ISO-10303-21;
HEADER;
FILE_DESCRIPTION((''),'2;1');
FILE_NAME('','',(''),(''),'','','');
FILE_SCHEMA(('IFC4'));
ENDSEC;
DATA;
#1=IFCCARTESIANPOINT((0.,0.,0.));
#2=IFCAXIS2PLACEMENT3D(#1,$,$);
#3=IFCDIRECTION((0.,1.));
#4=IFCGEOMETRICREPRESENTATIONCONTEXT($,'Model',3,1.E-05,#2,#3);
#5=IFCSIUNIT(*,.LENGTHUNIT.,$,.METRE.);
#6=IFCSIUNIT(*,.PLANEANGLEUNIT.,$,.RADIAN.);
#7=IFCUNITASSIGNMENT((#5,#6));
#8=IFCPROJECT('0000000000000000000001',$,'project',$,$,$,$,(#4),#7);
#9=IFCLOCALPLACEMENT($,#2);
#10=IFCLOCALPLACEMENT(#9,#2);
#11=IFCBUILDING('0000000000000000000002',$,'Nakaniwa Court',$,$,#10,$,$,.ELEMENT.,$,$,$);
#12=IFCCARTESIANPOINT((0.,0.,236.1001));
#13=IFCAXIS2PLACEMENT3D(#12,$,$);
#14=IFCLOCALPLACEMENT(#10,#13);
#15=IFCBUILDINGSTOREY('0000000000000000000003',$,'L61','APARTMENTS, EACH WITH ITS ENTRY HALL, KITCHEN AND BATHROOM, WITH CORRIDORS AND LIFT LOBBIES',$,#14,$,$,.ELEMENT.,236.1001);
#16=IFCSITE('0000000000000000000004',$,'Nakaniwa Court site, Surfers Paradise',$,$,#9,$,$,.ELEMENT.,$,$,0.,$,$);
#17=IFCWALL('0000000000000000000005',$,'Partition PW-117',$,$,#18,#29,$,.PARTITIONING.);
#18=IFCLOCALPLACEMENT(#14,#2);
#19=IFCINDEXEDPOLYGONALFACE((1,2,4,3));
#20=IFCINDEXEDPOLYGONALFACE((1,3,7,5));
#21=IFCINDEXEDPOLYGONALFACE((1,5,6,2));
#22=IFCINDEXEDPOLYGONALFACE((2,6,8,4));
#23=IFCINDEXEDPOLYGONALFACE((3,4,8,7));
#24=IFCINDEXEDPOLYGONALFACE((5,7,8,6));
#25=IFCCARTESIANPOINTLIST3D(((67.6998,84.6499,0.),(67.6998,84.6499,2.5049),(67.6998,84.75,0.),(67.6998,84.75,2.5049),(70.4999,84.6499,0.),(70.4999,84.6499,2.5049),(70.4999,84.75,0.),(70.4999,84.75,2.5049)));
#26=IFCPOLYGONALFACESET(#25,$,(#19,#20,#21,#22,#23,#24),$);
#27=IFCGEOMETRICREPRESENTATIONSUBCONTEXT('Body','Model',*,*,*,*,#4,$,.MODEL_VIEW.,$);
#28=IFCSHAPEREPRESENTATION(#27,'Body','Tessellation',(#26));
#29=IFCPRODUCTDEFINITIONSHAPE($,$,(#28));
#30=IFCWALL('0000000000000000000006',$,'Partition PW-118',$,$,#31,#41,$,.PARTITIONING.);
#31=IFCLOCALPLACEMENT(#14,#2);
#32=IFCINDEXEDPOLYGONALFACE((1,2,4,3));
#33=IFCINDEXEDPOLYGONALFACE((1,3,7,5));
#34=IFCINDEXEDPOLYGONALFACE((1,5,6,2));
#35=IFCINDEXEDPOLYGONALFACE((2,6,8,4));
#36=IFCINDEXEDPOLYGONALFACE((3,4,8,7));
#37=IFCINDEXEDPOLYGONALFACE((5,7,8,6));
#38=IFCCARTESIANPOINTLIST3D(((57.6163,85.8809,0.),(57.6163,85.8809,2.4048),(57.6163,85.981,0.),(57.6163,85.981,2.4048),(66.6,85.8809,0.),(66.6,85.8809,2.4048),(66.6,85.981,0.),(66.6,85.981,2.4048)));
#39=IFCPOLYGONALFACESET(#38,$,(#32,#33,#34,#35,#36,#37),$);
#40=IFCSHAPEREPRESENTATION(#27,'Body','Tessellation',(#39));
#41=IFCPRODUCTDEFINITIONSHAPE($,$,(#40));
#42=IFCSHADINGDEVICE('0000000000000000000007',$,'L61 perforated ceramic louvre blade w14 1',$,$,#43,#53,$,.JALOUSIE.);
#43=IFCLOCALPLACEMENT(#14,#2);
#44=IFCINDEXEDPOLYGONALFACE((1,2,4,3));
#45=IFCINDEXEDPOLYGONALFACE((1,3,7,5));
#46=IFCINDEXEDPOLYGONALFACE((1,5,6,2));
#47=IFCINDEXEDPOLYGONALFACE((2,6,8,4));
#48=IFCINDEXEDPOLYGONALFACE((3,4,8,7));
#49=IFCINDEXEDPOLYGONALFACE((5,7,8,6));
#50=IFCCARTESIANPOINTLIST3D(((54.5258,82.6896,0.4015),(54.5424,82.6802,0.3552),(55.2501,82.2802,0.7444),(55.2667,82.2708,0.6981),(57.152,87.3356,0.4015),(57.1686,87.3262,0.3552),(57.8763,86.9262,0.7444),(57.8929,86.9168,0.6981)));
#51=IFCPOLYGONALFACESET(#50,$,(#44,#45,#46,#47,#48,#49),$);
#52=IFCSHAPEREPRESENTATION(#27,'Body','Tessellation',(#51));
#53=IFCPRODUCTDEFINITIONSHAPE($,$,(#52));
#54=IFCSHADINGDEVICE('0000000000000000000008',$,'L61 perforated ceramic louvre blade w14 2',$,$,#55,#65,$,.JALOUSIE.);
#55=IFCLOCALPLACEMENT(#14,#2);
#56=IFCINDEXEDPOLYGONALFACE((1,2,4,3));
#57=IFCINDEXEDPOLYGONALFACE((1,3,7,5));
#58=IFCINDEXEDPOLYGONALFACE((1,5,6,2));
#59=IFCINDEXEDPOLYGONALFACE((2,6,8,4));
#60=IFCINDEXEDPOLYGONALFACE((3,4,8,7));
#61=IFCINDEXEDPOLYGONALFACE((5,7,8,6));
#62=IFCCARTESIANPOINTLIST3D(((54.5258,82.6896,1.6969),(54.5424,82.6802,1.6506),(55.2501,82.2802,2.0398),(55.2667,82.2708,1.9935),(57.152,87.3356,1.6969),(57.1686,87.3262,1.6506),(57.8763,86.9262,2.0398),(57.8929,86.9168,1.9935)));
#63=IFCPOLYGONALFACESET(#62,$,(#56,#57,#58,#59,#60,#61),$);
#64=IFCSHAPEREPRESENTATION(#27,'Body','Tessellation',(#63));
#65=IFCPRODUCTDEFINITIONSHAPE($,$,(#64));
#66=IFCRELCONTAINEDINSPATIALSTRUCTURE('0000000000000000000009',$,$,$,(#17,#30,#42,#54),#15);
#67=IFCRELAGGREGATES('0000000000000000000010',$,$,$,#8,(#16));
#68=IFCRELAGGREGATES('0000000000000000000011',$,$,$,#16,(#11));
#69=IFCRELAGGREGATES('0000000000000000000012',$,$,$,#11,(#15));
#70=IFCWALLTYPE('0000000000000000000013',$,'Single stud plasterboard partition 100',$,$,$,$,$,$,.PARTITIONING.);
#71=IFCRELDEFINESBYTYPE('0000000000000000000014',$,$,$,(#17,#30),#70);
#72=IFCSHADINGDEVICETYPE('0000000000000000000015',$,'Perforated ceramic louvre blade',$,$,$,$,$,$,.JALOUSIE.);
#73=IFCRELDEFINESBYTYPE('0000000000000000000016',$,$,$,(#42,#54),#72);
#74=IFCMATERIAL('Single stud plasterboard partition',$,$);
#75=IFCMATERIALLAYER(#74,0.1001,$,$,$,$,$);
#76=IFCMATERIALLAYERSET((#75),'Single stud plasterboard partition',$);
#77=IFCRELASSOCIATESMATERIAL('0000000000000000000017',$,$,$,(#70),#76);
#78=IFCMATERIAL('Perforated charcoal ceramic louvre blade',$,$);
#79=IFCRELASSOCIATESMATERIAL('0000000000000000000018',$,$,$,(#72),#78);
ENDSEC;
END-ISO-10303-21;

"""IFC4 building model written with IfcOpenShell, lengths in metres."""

from ifc_helpers import new_model, si_unit, direction, frame, frame_2d, origin, origin_2d, place, context, subcontext, project, spatial, rectangle, extrude, material, layer, layer_set, material_profile, profile_set, type_object, element, save


model = new_model("IFC4")

# Units and contexts
model_context = context("Model", 3, precision=1e-05, world=origin(), true_north=direction((0.0, 1.0)))
body_context = subcontext(model_context, "Body", "Model", "MODEL_VIEW")
ifc_project = project(units=[si_unit("LENGTHUNIT", "METRE"), si_unit("PLANEANGLEUNIT", "RADIAN")], contexts=[model_context])

# Site, building, storey
site_placement = place(None, origin())
site = spatial("IfcSite", under=ifc_project, at=site_placement, Name="Nakaniwa Court site, Surfers Paradise", CompositionType="ELEMENT", RefElevation=0.0)
building_placement = place(site_placement, origin())
building = spatial("IfcBuilding", under=site, at=building_placement, Name="Nakaniwa Court", CompositionType="ELEMENT")
storey_placement = place(building_placement, frame((0.0, 0.0, 236.1001)))
storey = spatial("IfcBuildingStorey", under=building, at=storey_placement, Name="L61", Description="APARTMENTS, EACH WITH ITS ENTRY HALL, KITCHEN AND BATHROOM, WITH CORRIDORS AND LIFT LOBBIES", CompositionType="ELEMENT", Elevation=236.1001)

# Shared definitions
ifc_material_1 = material(Name="Single stud plasterboard partition")
ifc_layer_1 = layer(ifc_material_1, 0.1001)
ifc_layer_set_1 = layer_set([ifc_layer_1], Name="Single stud plasterboard partition")
wall_type_1 = type_object("IfcWallType", Name="Single stud plasterboard partition 100", PredefinedType="PARTITIONING", material=ifc_layer_set_1)

# Walls
wall_1_placement = place(storey_placement, frame((67.7, 84.7, 0.0), z_axis=(0.0, 0.0, 1.0), x_axis=(1.0, 0.0, 0.0)))
element("IfcWall", 1, at=wall_1_placement, inside=storey, type_object=wall_type_1, Name="Partition PW-117", PredefinedType="PARTITIONING", context=body_context, shape_type="SweptSolid", body=[
    extrude(rectangle(XDim=2.8, YDim=0.1001, at=frame_2d((1.3999, 0.0))), origin(), (0.0, 0.0, 1.0), 2.5049),
])
wall_2_placement = place(storey_placement, frame((57.6165, 85.9309, 0.0), z_axis=(0.0, 0.0, 1.0), x_axis=(1.0, 0.0, 0.0)))
element("IfcWall", 2, at=wall_2_placement, inside=storey, type_object=wall_type_1, Name="Partition PW-118", PredefinedType="PARTITIONING", context=body_context, shape_type="SweptSolid", body=[
    extrude(rectangle(XDim=8.9836, YDim=0.1001, at=frame_2d((4.4917, 0.0))), origin(), (0.0, 0.0, 1.0), 2.4048),
])

# Shading devices
ifc_material_2 = material(Name="Perforated charcoal ceramic louvre blade")
ifc_material_profile_1 = material_profile(ifc_material_2, rectangle(XDim=0.8999, YDim=0.05, at=origin_2d()), Name="Perforated ceramic louvre blade")
ifc_profile_set_1 = profile_set([ifc_material_profile_1], Name="Perforated charcoal ceramic louvre blade")
shading_device_type = type_object("IfcShadingDeviceType", Name="Perforated ceramic louvre blade", PredefinedType="JALOUSIE", material=ifc_profile_set_1)
for number, where, z_axis, x_axis, name in (
    (3, (57.5225, 87.1262, 0.5498), (-0.492089, -0.870545, 0.0), (0.804859, -0.454959, 0.38107), "L61 perforated ceramic louvre blade w14 1"),
    (4, (57.5225, 87.1262, 1.8452), (-0.492089, -0.870545, 0.0), (0.804859, -0.454959, 0.38107), "L61 perforated ceramic louvre blade w14 2"),
):
    element("IfcShadingDevice", number, at=place(storey_placement, frame(where, z_axis=z_axis, x_axis=x_axis)), inside=storey, type_object=shading_device_type, Name=name, PredefinedType="JALOUSIE", context=body_context, shape_type="SweptSolid", body=[
        extrude(rectangle(XDim=0.8999, YDim=0.05, at=origin_2d()), origin(), (0.0, 0.0, 1.0), 5.3369),
    ])

save(model, "model.ifc")
